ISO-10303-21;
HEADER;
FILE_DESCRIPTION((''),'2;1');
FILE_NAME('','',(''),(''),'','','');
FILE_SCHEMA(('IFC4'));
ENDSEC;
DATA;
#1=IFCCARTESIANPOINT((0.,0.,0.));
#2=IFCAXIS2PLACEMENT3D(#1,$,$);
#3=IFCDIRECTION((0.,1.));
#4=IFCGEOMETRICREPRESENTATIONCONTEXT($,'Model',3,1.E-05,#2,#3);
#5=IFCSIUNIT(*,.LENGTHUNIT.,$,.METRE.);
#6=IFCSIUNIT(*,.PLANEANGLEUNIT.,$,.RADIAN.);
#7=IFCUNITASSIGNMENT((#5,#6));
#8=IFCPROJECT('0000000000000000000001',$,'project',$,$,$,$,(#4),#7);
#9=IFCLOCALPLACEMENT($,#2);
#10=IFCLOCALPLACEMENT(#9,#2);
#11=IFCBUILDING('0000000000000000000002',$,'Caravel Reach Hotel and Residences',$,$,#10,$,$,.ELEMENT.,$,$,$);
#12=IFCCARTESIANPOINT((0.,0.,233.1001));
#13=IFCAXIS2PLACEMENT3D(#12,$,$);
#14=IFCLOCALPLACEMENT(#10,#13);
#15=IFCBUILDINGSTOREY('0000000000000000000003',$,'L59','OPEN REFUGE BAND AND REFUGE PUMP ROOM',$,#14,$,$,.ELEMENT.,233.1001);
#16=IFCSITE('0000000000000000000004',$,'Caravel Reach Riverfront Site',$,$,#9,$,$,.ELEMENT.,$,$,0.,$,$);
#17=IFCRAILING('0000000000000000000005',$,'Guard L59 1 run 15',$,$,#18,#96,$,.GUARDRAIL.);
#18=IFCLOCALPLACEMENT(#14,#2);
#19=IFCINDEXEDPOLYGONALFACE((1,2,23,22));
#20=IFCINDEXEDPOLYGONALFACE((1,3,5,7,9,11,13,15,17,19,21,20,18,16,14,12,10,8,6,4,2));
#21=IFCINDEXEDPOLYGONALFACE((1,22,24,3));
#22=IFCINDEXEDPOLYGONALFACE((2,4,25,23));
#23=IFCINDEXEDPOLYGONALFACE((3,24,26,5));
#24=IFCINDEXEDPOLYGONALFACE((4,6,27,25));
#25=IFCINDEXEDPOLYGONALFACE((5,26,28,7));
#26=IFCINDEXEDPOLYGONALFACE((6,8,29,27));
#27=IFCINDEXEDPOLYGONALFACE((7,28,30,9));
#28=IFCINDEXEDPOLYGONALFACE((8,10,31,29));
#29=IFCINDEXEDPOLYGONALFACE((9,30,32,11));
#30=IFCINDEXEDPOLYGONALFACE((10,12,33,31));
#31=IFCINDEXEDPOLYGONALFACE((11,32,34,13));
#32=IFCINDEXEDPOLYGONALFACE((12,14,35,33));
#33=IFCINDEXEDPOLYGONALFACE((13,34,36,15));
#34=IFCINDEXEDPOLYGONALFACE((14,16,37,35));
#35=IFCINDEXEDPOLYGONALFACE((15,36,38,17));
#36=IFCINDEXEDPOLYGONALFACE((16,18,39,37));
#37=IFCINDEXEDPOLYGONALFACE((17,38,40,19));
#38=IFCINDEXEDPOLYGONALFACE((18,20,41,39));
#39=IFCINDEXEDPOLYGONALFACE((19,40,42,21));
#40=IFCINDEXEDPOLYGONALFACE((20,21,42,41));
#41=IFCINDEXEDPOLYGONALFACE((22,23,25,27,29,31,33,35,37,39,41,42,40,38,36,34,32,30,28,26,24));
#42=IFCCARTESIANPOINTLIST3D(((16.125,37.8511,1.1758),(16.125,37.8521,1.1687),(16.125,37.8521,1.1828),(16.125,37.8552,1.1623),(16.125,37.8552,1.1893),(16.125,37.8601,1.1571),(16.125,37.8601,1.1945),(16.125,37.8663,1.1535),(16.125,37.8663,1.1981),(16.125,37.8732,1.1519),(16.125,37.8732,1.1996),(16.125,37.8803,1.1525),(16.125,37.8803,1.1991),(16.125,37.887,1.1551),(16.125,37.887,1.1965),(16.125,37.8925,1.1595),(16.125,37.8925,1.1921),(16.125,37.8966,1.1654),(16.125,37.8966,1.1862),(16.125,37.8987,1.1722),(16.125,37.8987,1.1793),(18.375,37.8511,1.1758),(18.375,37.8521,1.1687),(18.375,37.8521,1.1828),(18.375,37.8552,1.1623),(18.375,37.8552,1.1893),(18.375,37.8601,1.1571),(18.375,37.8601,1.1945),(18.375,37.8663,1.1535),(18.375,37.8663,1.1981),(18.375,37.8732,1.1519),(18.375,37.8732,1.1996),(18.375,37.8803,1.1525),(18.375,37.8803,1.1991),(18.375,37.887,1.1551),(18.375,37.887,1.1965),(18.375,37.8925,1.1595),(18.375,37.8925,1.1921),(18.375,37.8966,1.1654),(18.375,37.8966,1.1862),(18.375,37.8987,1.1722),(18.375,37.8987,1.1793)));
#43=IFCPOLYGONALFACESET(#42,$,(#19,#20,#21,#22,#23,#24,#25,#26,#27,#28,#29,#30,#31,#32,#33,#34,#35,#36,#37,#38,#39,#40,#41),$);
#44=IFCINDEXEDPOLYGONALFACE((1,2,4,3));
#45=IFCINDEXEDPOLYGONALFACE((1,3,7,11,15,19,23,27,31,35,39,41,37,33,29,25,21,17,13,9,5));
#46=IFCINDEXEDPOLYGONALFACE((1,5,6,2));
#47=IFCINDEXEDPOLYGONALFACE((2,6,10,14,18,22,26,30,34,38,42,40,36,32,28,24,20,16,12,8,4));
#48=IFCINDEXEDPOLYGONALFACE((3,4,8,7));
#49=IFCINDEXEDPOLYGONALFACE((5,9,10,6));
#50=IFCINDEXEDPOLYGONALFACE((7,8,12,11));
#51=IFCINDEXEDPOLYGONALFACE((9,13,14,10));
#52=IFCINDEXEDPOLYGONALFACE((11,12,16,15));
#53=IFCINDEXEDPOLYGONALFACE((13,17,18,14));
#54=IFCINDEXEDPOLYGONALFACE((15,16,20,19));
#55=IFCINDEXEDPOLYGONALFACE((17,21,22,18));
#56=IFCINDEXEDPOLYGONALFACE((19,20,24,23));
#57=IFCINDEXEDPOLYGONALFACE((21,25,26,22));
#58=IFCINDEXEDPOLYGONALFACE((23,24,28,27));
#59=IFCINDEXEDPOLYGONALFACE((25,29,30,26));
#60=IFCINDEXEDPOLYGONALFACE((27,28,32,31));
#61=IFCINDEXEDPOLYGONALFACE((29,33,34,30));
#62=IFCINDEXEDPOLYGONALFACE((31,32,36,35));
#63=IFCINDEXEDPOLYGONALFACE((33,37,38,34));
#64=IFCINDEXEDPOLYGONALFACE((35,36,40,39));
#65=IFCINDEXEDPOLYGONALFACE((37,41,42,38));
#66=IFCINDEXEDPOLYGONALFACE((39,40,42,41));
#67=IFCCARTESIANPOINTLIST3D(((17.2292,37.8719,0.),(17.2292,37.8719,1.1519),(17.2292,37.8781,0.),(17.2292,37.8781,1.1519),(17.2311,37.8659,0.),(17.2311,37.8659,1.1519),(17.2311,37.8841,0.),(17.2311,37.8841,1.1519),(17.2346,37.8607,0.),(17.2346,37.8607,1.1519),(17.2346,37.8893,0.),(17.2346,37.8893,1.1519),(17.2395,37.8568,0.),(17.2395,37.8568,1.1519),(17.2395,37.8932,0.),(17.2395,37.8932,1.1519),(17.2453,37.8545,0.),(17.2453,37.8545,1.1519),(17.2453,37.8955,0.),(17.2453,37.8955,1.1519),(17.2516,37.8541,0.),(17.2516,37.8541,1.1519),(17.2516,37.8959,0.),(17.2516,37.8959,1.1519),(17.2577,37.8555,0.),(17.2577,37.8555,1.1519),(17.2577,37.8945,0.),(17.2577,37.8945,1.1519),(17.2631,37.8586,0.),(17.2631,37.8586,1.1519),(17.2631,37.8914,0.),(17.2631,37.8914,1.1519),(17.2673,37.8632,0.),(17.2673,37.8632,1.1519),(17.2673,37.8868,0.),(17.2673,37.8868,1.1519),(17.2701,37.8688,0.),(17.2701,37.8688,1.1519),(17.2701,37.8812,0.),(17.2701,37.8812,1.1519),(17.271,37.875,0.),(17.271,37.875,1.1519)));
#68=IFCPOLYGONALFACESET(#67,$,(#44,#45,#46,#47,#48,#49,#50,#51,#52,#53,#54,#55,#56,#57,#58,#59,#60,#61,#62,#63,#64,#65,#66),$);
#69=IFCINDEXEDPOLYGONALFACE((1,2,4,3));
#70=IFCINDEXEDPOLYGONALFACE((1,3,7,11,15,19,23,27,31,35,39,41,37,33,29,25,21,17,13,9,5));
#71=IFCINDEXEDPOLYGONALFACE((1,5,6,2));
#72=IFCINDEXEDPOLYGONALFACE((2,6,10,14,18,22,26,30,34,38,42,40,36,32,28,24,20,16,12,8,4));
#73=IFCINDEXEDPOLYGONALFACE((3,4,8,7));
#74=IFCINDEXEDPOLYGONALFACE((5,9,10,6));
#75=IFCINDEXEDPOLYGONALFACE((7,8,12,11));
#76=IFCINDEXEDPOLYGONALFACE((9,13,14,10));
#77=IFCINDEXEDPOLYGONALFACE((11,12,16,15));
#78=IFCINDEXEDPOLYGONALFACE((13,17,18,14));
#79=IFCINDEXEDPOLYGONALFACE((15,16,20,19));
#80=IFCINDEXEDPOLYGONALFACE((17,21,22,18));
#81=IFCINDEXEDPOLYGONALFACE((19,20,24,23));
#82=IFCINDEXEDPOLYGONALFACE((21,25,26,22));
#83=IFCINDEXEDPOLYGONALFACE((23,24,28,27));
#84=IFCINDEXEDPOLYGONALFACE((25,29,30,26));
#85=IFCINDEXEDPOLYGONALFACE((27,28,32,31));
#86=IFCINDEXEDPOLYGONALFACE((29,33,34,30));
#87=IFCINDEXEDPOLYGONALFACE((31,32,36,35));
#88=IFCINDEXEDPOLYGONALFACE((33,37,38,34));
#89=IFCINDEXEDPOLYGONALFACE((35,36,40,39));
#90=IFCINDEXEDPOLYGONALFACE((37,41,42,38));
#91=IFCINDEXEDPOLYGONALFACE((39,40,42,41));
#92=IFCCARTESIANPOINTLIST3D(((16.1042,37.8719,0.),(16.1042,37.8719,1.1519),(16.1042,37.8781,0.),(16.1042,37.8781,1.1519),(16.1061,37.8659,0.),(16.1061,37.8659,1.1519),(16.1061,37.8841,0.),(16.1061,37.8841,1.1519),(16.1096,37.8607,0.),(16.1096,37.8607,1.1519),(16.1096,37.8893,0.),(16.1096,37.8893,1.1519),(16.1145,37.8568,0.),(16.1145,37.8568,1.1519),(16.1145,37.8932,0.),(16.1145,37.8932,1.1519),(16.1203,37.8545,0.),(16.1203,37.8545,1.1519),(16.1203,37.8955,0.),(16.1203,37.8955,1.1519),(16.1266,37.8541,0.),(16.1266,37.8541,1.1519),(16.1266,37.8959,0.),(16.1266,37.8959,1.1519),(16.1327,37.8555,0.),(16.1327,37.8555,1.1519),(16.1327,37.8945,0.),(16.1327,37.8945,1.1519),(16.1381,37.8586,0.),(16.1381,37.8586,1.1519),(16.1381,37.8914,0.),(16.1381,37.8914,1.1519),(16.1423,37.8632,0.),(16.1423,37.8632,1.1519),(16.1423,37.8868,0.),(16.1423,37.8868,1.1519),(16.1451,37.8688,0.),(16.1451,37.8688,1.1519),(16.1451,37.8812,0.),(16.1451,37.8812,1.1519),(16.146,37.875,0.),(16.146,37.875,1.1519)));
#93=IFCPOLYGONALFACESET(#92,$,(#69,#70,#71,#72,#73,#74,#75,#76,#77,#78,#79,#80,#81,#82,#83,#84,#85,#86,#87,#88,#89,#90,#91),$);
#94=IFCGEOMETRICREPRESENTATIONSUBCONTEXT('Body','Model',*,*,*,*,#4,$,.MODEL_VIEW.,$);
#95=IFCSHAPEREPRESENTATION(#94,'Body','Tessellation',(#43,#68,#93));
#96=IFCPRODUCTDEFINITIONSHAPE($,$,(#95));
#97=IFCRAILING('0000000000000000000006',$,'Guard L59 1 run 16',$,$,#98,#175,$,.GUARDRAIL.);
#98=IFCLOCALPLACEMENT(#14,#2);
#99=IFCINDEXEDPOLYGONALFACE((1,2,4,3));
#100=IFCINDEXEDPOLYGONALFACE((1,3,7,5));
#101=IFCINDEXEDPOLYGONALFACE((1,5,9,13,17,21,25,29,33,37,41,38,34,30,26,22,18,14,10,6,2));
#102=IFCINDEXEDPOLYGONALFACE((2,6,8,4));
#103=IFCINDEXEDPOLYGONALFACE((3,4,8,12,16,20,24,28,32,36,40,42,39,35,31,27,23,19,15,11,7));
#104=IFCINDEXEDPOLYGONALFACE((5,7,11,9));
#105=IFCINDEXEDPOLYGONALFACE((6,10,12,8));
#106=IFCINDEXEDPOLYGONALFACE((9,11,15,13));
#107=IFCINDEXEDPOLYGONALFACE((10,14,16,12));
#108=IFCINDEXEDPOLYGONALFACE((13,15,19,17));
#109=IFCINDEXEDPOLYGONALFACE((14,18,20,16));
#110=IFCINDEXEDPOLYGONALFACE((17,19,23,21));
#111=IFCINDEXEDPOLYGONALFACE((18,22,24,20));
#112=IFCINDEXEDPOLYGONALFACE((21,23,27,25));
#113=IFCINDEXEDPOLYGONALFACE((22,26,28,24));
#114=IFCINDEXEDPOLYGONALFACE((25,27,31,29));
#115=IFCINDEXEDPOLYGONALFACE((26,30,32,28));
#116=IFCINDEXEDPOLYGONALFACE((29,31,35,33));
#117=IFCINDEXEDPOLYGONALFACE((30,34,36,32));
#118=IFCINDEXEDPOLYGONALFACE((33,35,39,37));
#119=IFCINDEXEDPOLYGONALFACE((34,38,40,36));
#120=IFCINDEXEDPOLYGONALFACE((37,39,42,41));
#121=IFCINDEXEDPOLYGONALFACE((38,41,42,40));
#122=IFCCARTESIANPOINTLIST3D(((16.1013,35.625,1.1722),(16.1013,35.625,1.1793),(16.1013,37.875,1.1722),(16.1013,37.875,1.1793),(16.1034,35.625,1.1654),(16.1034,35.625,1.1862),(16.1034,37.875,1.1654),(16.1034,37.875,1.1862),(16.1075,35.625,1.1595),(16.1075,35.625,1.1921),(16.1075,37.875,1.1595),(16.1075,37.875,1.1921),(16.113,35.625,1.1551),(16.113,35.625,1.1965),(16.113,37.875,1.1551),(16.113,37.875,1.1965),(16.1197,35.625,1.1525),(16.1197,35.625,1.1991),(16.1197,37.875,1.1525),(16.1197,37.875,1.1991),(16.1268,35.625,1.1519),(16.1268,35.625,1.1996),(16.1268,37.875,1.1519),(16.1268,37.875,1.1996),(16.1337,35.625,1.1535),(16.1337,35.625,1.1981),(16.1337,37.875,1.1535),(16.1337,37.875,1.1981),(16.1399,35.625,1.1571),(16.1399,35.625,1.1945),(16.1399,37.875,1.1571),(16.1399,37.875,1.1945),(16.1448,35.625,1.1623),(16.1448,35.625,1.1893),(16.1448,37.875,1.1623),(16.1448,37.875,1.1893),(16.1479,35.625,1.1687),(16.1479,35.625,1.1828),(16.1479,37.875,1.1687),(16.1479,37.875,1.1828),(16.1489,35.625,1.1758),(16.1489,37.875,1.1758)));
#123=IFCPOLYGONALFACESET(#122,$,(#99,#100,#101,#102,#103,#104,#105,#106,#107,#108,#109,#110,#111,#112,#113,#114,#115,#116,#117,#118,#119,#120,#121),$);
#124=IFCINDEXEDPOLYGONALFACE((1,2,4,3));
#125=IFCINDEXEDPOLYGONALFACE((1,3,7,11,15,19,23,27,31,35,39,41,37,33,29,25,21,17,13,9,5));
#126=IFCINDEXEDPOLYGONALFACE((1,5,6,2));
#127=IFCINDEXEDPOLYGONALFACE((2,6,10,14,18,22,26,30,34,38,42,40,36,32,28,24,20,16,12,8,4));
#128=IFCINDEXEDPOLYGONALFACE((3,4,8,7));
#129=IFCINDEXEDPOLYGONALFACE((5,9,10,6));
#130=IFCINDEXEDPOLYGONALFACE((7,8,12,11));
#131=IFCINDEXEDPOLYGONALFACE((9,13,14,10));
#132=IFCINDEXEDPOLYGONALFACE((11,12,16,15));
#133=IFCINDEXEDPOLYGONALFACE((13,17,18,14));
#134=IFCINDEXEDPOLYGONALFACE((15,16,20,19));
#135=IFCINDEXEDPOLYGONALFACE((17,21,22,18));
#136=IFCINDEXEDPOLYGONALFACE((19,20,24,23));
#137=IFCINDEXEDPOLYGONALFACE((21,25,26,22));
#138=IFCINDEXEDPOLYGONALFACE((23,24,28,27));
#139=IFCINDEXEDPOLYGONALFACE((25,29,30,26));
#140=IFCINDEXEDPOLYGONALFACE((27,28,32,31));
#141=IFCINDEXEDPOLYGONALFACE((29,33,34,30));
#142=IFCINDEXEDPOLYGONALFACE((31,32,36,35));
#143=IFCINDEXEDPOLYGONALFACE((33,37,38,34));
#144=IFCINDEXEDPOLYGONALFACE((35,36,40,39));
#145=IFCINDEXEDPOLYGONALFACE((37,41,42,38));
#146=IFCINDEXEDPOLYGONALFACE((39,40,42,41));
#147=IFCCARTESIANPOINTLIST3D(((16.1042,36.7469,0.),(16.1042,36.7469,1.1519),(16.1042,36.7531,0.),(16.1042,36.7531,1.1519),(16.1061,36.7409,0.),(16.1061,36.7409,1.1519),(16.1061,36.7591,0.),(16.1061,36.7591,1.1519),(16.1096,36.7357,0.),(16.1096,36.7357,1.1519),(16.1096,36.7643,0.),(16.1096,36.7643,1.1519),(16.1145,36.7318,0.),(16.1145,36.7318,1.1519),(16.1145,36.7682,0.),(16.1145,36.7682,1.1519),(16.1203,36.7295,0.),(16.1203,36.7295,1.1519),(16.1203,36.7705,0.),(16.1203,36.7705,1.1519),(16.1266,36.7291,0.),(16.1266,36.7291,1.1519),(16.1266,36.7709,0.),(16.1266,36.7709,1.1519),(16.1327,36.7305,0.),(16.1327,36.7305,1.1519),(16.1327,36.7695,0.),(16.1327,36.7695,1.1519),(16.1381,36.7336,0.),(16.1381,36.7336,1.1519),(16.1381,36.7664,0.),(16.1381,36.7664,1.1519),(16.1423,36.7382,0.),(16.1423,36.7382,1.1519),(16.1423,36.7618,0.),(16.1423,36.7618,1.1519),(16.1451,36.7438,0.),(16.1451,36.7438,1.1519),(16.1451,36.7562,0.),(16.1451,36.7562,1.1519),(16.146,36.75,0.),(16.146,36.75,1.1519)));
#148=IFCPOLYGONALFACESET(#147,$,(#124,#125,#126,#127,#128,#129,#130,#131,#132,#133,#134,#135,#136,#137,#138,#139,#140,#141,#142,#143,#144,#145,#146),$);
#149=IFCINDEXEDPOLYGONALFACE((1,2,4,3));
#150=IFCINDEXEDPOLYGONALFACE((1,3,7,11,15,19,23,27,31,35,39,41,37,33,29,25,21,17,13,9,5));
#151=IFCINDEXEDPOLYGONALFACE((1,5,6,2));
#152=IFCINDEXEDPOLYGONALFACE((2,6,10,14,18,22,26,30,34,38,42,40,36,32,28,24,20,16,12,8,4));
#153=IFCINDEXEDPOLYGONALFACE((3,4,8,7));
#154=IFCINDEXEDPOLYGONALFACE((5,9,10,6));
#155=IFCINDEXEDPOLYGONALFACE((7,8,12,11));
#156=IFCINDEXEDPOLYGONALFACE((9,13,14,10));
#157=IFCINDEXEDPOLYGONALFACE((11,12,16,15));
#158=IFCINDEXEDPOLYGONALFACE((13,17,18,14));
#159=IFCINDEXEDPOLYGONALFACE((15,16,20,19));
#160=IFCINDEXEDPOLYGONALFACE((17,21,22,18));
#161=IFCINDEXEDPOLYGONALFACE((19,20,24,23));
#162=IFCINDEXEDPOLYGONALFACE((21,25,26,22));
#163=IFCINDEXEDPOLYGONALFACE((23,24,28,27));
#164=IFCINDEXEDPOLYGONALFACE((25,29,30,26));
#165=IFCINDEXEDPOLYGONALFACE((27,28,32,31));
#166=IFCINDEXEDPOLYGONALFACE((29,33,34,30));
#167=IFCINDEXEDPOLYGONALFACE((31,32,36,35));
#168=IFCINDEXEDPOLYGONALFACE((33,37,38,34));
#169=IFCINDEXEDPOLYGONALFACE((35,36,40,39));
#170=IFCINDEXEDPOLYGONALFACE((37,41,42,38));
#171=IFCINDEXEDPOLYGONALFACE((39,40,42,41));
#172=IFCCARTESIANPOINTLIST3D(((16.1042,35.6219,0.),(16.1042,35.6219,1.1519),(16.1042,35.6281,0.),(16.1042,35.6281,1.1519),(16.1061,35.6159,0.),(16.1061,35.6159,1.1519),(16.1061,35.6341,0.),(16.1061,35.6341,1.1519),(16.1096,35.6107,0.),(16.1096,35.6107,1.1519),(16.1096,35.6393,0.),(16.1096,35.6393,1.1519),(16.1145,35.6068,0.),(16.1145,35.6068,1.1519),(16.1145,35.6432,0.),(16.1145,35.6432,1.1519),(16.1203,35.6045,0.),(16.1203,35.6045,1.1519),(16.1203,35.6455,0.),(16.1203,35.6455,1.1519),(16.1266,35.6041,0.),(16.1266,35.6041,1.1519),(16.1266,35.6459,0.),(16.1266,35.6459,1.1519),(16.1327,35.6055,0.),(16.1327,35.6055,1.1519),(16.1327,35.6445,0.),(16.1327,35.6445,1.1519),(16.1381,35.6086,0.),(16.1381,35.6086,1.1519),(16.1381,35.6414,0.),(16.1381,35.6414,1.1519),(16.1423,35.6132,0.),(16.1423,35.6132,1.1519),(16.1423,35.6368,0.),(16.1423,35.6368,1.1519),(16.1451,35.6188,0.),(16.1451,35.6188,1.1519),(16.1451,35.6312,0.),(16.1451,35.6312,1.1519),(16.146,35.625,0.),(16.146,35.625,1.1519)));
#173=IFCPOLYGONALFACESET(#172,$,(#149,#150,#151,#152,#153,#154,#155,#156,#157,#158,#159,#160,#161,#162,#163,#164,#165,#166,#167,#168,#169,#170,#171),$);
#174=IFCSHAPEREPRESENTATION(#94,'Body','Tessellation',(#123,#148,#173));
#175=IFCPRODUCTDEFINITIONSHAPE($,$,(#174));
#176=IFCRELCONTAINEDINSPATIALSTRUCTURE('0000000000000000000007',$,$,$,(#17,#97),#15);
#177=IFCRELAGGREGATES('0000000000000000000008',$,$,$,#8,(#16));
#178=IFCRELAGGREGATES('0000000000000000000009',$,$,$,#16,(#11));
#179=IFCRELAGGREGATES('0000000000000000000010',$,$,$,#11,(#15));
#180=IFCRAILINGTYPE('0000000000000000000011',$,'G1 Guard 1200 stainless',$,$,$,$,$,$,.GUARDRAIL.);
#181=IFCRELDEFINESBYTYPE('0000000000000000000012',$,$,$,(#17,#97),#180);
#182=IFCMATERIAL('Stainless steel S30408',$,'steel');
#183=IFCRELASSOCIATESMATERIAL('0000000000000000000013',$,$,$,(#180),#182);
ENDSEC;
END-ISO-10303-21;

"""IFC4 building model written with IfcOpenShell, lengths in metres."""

from ifc_helpers import new_model, si_unit, direction, frame, origin, origin_2d, place, context, subcontext, project, spatial, circle, extrude, material, type_object, element, save


model = new_model("IFC4")

# Units and contexts
model_context = context("Model", 3, precision=1e-05, world=origin(), true_north=direction((0.0, 1.0)))
body_context = subcontext(model_context, "Body", "Model", "MODEL_VIEW")
ifc_project = project(units=[si_unit("LENGTHUNIT", "METRE"), si_unit("PLANEANGLEUNIT", "RADIAN")], contexts=[model_context])

# Site, building, storey
site_placement = place(None, origin())
site = spatial("IfcSite", under=ifc_project, at=site_placement, Name="Caravel Reach Riverfront Site", CompositionType="ELEMENT", RefElevation=0.0)
building_placement = place(site_placement, origin())
building = spatial("IfcBuilding", under=site, at=building_placement, Name="Caravel Reach Hotel and Residences", CompositionType="ELEMENT")
storey_placement = place(building_placement, frame((0.0, 0.0, 233.1001)))
storey = spatial("IfcBuildingStorey", under=building, at=storey_placement, Name="L59", Description="OPEN REFUGE BAND AND REFUGE PUMP ROOM", CompositionType="ELEMENT", Elevation=233.1001)

# Railings
ifc_material_1 = material(Name="Stainless steel S30408", Category="steel")
railing_type = type_object("IfcRailingType", Name="G1 Guard 1200 stainless", PredefinedType="GUARDRAIL", material=ifc_material_1)
railing_1_placement = place(storey_placement, frame((18.375, 37.875, 0.0)))
element("IfcRailing", 1, at=railing_1_placement, inside=storey, type_object=railing_type, Name="Guard L59 1 run 15", PredefinedType="GUARDRAIL", context=body_context, shape_type="SweptSolid", body=[
    extrude(circle(Radius=0.0239, at=origin_2d()), frame((0.0, 0.0, 1.1758), z_axis=(-1.0, 0.0, 0.0), x_axis=(0.0, -1.0, 0.0)), (0.0, 0.0, 1.0), 2.25),
    extrude(circle(Radius=0.021, at=origin_2d()), frame((-1.125, 0.0, 0.0)), (0.0, 0.0, 1.0), 1.1519),
    extrude(circle(Radius=0.021, at=origin_2d()), frame((-2.25, 0.0, 0.0)), (0.0, 0.0, 1.0), 1.1519),
])
railing_2_placement = place(storey_placement, frame((16.125, 37.875, 0.0)))
element("IfcRailing", 2, at=railing_2_placement, inside=storey, type_object=railing_type, Name="Guard L59 1 run 16", PredefinedType="GUARDRAIL", context=body_context, shape_type="SweptSolid", body=[
    extrude(circle(Radius=0.0239, at=origin_2d()), frame((0.0, 0.0, 1.1758), z_axis=(0.0, -1.0, 0.0), x_axis=(1.0, 0.0, 0.0)), (0.0, 0.0, 1.0), 2.25),
    extrude(circle(Radius=0.021, at=origin_2d()), frame((0.0, -1.125, 0.0)), (0.0, 0.0, 1.0), 1.1519),
    extrude(circle(Radius=0.021, at=origin_2d()), frame((0.0, -2.25, 0.0)), (0.0, 0.0, 1.0), 1.1519),
])

save(model, "model.ifc")
